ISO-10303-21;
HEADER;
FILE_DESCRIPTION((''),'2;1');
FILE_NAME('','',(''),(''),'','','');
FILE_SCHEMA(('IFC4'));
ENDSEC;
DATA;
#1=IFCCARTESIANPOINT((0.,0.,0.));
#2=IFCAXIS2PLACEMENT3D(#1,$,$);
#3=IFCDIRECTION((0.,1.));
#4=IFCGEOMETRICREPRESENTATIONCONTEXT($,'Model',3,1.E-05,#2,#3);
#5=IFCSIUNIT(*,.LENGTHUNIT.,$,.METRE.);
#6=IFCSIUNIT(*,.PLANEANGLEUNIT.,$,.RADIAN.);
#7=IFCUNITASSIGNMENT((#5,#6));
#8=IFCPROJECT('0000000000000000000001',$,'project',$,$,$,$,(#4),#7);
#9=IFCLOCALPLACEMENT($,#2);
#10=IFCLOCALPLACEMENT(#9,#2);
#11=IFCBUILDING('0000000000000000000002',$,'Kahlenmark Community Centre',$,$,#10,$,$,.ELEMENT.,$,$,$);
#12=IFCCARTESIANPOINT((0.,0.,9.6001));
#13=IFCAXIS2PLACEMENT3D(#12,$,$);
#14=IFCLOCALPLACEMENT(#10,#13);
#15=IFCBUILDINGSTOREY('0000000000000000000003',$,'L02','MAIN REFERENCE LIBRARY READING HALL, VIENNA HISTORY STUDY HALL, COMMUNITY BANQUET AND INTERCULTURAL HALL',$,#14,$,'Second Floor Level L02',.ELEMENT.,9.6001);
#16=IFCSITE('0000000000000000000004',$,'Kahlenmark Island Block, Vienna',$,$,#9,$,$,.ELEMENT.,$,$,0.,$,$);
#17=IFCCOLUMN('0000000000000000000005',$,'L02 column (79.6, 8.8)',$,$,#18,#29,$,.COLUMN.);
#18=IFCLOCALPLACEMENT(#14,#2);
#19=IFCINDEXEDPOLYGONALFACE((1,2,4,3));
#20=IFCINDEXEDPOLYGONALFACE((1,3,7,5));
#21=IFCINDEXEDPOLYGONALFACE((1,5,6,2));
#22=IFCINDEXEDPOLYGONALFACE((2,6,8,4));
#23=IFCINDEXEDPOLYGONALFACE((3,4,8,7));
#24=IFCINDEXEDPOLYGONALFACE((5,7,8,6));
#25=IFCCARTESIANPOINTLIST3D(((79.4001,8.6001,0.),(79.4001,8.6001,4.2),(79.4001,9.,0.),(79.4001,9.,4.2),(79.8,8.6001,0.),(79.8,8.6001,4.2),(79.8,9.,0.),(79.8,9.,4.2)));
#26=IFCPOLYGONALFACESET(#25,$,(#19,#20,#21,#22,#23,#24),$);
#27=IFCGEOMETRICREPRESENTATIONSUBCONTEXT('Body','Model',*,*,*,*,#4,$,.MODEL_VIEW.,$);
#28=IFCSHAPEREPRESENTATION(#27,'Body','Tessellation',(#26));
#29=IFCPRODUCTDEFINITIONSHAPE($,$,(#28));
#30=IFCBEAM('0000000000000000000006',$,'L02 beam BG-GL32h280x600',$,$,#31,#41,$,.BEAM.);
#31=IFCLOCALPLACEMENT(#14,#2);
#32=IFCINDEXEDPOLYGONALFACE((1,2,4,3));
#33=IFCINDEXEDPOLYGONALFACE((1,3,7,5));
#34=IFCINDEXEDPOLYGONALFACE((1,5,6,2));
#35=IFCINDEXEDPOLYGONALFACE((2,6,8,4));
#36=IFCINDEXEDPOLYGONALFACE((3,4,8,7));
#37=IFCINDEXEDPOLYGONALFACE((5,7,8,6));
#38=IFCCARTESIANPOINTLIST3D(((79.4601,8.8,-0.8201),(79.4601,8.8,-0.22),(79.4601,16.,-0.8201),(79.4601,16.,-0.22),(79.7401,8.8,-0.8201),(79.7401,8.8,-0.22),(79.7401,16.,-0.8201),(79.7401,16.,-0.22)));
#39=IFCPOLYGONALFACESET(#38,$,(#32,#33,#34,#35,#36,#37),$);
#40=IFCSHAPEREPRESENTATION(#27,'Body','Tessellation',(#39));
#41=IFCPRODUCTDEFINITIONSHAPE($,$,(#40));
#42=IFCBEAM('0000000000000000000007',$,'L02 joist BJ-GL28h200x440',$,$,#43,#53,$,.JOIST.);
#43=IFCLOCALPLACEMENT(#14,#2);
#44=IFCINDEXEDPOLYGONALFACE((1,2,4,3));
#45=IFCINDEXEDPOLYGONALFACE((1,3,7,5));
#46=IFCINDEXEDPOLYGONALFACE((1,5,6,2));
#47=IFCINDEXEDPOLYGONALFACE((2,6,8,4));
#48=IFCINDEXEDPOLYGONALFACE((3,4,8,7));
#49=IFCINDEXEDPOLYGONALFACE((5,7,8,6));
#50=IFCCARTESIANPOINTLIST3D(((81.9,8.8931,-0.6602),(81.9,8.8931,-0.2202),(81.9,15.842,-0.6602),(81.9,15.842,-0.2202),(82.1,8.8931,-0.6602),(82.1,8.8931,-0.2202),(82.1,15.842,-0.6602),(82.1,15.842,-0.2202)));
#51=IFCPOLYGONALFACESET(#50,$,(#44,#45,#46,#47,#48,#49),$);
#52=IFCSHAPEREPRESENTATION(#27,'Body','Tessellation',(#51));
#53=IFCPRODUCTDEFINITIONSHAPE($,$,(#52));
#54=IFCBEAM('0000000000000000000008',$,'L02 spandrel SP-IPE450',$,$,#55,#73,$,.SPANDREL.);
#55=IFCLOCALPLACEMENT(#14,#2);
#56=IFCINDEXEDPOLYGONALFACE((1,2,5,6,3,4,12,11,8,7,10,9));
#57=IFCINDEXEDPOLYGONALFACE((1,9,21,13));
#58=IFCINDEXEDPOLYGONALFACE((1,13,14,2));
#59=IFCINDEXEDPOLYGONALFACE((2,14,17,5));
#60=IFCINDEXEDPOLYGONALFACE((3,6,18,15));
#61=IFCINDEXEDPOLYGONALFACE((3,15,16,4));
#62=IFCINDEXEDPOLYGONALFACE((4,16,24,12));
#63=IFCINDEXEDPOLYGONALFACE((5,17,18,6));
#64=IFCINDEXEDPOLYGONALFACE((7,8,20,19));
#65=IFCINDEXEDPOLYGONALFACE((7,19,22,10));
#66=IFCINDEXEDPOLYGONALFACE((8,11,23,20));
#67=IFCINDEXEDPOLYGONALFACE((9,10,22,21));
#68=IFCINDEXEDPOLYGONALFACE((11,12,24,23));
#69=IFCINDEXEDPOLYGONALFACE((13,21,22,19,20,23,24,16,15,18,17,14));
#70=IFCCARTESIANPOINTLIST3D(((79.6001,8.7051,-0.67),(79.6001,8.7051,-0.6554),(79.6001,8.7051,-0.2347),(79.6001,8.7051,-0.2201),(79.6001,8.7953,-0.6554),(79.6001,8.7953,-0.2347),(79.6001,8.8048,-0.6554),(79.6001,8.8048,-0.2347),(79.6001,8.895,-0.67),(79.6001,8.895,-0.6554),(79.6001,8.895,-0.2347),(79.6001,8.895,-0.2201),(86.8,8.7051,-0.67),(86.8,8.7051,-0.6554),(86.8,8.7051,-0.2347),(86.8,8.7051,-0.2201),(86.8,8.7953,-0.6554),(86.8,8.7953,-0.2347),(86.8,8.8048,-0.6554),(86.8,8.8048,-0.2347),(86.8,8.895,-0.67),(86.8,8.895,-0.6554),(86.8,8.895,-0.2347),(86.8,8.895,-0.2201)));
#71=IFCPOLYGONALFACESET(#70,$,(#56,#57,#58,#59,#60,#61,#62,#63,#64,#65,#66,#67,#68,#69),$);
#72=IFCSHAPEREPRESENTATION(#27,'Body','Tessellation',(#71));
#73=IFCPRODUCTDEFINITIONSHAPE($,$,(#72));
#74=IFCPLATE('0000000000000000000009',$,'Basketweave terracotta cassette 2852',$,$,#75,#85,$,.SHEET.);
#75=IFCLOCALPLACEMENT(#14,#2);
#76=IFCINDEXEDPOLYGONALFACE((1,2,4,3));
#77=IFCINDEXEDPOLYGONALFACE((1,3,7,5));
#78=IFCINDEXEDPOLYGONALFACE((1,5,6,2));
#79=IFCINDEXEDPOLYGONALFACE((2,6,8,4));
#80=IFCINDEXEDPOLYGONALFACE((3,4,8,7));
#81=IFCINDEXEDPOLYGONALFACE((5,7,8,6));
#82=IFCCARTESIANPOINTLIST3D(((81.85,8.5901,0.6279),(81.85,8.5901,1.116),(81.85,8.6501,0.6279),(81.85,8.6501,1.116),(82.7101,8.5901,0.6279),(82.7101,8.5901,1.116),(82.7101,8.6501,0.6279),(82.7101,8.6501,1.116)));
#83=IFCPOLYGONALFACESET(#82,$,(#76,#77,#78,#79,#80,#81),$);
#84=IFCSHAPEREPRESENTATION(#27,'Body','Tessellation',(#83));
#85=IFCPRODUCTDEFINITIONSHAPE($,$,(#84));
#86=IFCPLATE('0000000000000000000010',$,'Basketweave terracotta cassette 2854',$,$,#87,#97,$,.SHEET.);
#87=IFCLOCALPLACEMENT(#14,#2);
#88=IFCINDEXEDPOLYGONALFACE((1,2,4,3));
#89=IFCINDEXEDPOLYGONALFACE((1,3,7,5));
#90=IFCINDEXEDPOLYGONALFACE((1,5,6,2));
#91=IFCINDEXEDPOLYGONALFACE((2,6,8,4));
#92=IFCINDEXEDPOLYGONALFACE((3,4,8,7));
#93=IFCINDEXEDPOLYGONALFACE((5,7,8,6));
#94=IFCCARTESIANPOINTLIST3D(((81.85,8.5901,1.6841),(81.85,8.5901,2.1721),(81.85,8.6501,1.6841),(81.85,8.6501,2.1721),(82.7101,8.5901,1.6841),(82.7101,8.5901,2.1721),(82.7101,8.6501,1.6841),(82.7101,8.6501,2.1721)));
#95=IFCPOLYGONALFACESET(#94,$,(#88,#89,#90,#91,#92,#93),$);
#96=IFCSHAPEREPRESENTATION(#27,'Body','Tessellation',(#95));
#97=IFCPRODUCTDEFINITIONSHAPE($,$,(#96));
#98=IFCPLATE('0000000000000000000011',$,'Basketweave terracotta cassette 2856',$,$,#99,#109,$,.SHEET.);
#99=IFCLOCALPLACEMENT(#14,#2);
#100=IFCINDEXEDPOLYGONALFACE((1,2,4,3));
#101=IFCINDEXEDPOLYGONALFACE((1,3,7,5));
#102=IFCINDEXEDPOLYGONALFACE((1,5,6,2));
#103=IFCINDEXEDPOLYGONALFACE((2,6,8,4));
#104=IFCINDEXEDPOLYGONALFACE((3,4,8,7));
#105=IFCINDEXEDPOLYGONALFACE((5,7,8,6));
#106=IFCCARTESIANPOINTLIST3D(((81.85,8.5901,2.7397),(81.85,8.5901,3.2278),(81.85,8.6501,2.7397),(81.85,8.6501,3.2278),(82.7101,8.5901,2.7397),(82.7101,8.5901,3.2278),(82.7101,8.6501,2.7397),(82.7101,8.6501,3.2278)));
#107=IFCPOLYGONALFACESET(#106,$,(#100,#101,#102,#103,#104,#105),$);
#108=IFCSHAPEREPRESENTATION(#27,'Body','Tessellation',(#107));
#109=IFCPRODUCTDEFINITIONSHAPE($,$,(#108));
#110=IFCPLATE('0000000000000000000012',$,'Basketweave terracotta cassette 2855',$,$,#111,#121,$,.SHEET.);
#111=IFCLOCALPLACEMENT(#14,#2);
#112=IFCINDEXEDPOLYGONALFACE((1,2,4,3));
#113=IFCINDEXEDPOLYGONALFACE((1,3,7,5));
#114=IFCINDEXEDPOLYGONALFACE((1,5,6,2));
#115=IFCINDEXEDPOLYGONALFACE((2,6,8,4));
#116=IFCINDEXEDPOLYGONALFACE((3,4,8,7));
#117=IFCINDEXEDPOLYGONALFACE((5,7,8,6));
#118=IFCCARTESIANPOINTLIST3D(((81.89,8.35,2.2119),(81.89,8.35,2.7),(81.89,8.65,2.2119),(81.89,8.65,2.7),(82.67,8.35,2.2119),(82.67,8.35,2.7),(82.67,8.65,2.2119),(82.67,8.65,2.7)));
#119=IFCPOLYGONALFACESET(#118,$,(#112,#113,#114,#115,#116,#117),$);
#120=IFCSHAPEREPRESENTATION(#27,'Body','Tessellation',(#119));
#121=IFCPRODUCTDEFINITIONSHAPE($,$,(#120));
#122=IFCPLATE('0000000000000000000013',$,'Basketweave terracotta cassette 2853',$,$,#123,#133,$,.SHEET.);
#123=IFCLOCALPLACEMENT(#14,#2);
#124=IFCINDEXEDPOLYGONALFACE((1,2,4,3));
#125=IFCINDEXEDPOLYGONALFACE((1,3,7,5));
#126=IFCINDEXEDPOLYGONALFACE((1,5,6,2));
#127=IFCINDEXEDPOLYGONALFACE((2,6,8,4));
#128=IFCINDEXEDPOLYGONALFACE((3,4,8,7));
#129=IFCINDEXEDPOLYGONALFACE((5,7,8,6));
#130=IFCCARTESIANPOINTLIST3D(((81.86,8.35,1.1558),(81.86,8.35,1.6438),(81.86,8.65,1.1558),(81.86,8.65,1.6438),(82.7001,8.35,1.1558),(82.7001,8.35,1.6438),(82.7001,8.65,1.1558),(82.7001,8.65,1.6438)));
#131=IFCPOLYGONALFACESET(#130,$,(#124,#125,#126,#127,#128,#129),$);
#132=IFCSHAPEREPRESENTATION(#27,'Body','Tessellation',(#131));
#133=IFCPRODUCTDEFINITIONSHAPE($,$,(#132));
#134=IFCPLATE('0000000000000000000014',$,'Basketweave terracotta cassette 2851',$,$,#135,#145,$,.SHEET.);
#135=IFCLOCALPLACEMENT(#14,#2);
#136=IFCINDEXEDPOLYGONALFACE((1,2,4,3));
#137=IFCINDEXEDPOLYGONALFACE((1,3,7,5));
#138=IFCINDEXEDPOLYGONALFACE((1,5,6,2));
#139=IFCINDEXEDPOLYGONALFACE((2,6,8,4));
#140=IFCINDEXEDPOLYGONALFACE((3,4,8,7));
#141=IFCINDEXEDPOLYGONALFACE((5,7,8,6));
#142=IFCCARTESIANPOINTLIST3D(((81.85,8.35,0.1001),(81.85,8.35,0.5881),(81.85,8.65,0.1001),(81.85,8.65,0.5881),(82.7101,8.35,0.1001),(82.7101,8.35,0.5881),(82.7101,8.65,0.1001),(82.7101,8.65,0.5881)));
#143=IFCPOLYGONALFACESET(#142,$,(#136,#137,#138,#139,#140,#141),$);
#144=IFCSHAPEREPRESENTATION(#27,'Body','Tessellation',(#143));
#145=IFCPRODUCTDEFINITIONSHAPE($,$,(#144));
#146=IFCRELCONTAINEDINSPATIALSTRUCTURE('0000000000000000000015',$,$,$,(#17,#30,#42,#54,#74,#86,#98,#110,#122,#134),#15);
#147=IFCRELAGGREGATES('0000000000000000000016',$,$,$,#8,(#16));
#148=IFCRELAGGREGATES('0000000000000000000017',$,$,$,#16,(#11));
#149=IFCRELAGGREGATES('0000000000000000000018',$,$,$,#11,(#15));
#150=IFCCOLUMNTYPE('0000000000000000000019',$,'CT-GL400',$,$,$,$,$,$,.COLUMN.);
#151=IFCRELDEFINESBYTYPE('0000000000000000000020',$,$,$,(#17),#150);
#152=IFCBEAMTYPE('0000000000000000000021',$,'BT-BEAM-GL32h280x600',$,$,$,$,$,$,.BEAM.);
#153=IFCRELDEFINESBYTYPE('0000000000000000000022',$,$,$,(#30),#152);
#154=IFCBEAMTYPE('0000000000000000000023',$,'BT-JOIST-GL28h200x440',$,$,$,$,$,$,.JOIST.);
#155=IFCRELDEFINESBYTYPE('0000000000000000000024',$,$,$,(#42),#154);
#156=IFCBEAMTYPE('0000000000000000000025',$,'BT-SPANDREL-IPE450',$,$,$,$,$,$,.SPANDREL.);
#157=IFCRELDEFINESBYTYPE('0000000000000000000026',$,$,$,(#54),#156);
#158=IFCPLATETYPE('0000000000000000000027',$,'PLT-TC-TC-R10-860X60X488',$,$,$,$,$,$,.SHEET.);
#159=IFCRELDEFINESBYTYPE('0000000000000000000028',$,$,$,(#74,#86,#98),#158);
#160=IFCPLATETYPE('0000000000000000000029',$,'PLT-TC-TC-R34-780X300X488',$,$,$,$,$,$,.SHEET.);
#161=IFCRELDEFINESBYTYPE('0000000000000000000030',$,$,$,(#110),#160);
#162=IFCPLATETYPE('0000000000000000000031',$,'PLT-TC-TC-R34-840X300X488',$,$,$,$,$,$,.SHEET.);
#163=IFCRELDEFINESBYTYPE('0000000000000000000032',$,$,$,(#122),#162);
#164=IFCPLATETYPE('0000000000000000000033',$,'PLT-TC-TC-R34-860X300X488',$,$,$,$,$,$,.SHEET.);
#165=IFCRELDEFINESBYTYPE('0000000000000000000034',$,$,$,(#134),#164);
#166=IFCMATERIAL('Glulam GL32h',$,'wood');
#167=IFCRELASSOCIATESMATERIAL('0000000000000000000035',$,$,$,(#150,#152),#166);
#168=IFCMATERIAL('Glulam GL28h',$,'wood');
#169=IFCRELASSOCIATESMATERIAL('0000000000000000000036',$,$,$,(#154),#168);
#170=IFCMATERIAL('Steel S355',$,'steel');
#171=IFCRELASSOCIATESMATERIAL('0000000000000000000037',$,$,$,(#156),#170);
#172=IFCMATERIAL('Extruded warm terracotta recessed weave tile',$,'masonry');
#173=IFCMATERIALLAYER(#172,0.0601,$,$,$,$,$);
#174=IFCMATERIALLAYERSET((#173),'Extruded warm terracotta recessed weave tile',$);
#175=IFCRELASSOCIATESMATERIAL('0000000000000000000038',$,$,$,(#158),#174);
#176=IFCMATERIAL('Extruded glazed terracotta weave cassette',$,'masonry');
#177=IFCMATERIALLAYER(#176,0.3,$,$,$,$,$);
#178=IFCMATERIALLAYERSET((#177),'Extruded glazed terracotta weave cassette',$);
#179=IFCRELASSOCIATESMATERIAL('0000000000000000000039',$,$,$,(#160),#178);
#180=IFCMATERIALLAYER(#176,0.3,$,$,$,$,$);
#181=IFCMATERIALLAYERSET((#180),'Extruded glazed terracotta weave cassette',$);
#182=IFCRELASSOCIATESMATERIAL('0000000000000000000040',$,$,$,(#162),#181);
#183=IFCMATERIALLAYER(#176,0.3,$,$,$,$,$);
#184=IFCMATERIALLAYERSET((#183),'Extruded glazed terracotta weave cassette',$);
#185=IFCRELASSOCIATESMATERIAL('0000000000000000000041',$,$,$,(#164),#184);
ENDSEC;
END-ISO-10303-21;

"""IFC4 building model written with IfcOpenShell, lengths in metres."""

from ifc_helpers import new_model, si_unit, direction, frame, origin, origin_2d, place, context, subcontext, project, spatial, rectangle, i_section, extrude, material, layer, layer_set, material_profile, profile_set, type_object, element, save


model = new_model("IFC4")

# Units and contexts
model_context = context("Model", 3, precision=1e-05, world=origin(), true_north=direction((0.0, 1.0)))
body_context = subcontext(model_context, "Body", "Model", "MODEL_VIEW")
ifc_project = project(units=[si_unit("LENGTHUNIT", "METRE"), si_unit("PLANEANGLEUNIT", "RADIAN")], contexts=[model_context])

# Site, building, storey
site_placement = place(None, origin())
site = spatial("IfcSite", under=ifc_project, at=site_placement, Name="Kahlenmark Island Block, Vienna", CompositionType="ELEMENT", RefElevation=0.0)
building_placement = place(site_placement, origin())
building = spatial("IfcBuilding", under=site, at=building_placement, Name="Kahlenmark Community Centre", CompositionType="ELEMENT")
storey_placement = place(building_placement, frame((0.0, 0.0, 9.6001)))
storey = spatial("IfcBuildingStorey", under=building, at=storey_placement, Name="L02", Description="MAIN REFERENCE LIBRARY READING HALL, VIENNA HISTORY STUDY HALL, COMMUNITY BANQUET AND INTERCULTURAL HALL", LongName="Second Floor Level L02", CompositionType="ELEMENT", Elevation=9.6001)

# Column
ifc_material_1 = material(Name="Glulam GL32h", Category="wood")
ifc_material_profile_1 = material_profile(ifc_material_1, rectangle(XDim=0.3999, YDim=0.3999, at=origin_2d()), Name="GL32h 400x400")
ifc_profile_set_1 = profile_set([ifc_material_profile_1], Name="Glulam GL32h")
column_type = type_object("IfcColumnType", Name="CT-GL400", PredefinedType="COLUMN", material=ifc_profile_set_1)
column_placement = place(storey_placement, frame((79.6001, 8.8, 0.0), z_axis=(0.0, 0.0, 1.0), x_axis=(1.0, 0.0, 0.0)))
element("IfcColumn", 1, at=column_placement, inside=storey, type_object=column_type, Name="L02 column (79.6, 8.8)", PredefinedType="COLUMN", context=body_context, shape_type="SweptSolid", body=[
    extrude(rectangle(XDim=0.3999, YDim=0.3999, at=origin_2d()), origin(), (0.0, 0.0, 1.0), 4.2),
])

# Beams
ifc_material_profile_2 = material_profile(ifc_material_1, rectangle(XDim=0.28, YDim=0.6001, at=origin_2d()), Name="GL32h 280x600")
ifc_profile_set_2 = profile_set([ifc_material_profile_2], Name="Glulam GL32h")
beam_type_1 = type_object("IfcBeamType", Name="BT-BEAM-GL32h280x600", PredefinedType="BEAM", material=ifc_profile_set_2)
beam_1_placement = place(storey_placement, frame((79.6001, 8.8, -0.52), z_axis=(0.0, 1.0, 0.0), x_axis=(-1.0, 0.0, 0.0)))
element("IfcBeam", 2, at=beam_1_placement, inside=storey, type_object=beam_type_1, Name="L02 beam BG-GL32h280x600", PredefinedType="BEAM", context=body_context, shape_type="SweptSolid", body=[
    extrude(rectangle(XDim=0.28, YDim=0.6001, at=origin_2d()), origin(), (0.0, 0.0, 1.0), 7.2),
])
ifc_material_2 = material(Name="Glulam GL28h", Category="wood")
ifc_material_profile_3 = material_profile(ifc_material_2, rectangle(XDim=0.2, YDim=0.4399, at=origin_2d()), Name="GL28h 200x440")
ifc_profile_set_3 = profile_set([ifc_material_profile_3], Name="Glulam GL28h")
beam_type_2 = type_object("IfcBeamType", Name="BT-JOIST-GL28h200x440", PredefinedType="JOIST", material=ifc_profile_set_3)
beam_2_placement = place(storey_placement, frame((82.0, 8.8931, -0.4402), z_axis=(0.0, 1.0, 0.0), x_axis=(-1.0, 0.0, 0.0)))
element("IfcBeam", 3, at=beam_2_placement, inside=storey, type_object=beam_type_2, Name="L02 joist BJ-GL28h200x440", PredefinedType="JOIST", context=body_context, shape_type="SweptSolid", body=[
    extrude(rectangle(XDim=0.2, YDim=0.4399, at=origin_2d()), origin(), (0.0, 0.0, 1.0), 6.949),
])
ifc_material_3 = material(Name="Steel S355", Category="steel")
ifc_material_profile_4 = material_profile(ifc_material_3, i_section(OverallWidth=0.1899, OverallDepth=0.45, WebThickness=0.0095, FlangeThickness=0.0146, at=origin_2d()), Name="IPE 450")
ifc_profile_set_4 = profile_set([ifc_material_profile_4], Name="Steel S355")
beam_type_3 = type_object("IfcBeamType", Name="BT-SPANDREL-IPE450", PredefinedType="SPANDREL", material=ifc_profile_set_4)
beam_3_placement = place(storey_placement, frame((79.6001, 8.8, -0.4451), z_axis=(1.0, 0.0, 0.0), x_axis=(0.0, 1.0, 0.0)))
element("IfcBeam", 4, at=beam_3_placement, inside=storey, type_object=beam_type_3, Name="L02 spandrel SP-IPE450", PredefinedType="SPANDREL", context=body_context, shape_type="SweptSolid", body=[
    extrude(i_section(OverallWidth=0.1899, OverallDepth=0.45, WebThickness=0.0095, FlangeThickness=0.0146, at=origin_2d()), origin(), (0.0, 0.0, 1.0), 7.2),
])

# Plates
ifc_material_4 = material(Name="Extruded warm terracotta recessed weave tile", Category="masonry")
ifc_layer_1 = layer(ifc_material_4, 0.0601)
ifc_layer_set_1 = layer_set([ifc_layer_1], Name="Extruded warm terracotta recessed weave tile")
plate_type_1 = type_object("IfcPlateType", Name="PLT-TC-TC-R10-860X60X488", PredefinedType="SHEET", material=ifc_layer_set_1)
for number, where, z_axis, x_axis, name in (
    (5, (82.28, 8.6201, 0.6279), (0.0, 0.0, 1.0), (1.0, 0.0, 0.0), "Basketweave terracotta cassette 2852"),
    (6, (82.28, 8.6201, 1.6841), (0.0, 0.0, 1.0), (1.0, 0.0, 0.0), "Basketweave terracotta cassette 2854"),
    (7, (82.28, 8.6201, 2.7397), (0.0, 0.0, 1.0), (1.0, 0.0, 0.0), "Basketweave terracotta cassette 2856"),
):
    element("IfcPlate", number, at=place(storey_placement, frame(where, z_axis=z_axis, x_axis=x_axis)), inside=storey, type_object=plate_type_1, Name=name, PredefinedType="SHEET", context=body_context, shape_type="SweptSolid", body=[
        extrude(rectangle(XDim=0.8601, YDim=0.0601, at=origin_2d()), origin(), (0.0, 0.0, 1.0), 0.488),
    ])
ifc_material_5 = material(Name="Extruded glazed terracotta weave cassette", Category="masonry")
ifc_layer_2 = layer(ifc_material_5, 0.3)
ifc_layer_set_2 = layer_set([ifc_layer_2], Name="Extruded glazed terracotta weave cassette")
plate_type_2 = type_object("IfcPlateType", Name="PLT-TC-TC-R34-780X300X488", PredefinedType="SHEET", material=ifc_layer_set_2)
plate_1_placement = place(storey_placement, frame((82.28, 8.5, 2.2119), z_axis=(0.0, 0.0, 1.0), x_axis=(1.0, 0.0, 0.0)))
element("IfcPlate", 8, at=plate_1_placement, inside=storey, type_object=plate_type_2, Name="Basketweave terracotta cassette 2855", PredefinedType="SHEET", context=body_context, shape_type="SweptSolid", body=[
    extrude(rectangle(XDim=0.78, YDim=0.3, at=origin_2d()), origin(), (0.0, 0.0, 1.0), 0.488),
])
ifc_layer_3 = layer(ifc_material_5, 0.3)
ifc_layer_set_3 = layer_set([ifc_layer_3], Name="Extruded glazed terracotta weave cassette")
plate_type_3 = type_object("IfcPlateType", Name="PLT-TC-TC-R34-840X300X488", PredefinedType="SHEET", material=ifc_layer_set_3)
plate_2_placement = place(storey_placement, frame((82.28, 8.5, 1.1558), z_axis=(0.0, 0.0, 1.0), x_axis=(1.0, 0.0, 0.0)))
element("IfcPlate", 9, at=plate_2_placement, inside=storey, type_object=plate_type_3, Name="Basketweave terracotta cassette 2853", PredefinedType="SHEET", context=body_context, shape_type="SweptSolid", body=[
    extrude(rectangle(XDim=0.8401, YDim=0.3, at=origin_2d()), origin(), (0.0, 0.0, 1.0), 0.488),
])
ifc_layer_4 = layer(ifc_material_5, 0.3)
ifc_layer_set_4 = layer_set([ifc_layer_4], Name="Extruded glazed terracotta weave cassette")
plate_type_4 = type_object("IfcPlateType", Name="PLT-TC-TC-R34-860X300X488", PredefinedType="SHEET", material=ifc_layer_set_4)
plate_3_placement = place(storey_placement, frame((82.28, 8.5, 0.1001), z_axis=(0.0, 0.0, 1.0), x_axis=(1.0, 0.0, 0.0)))
element("IfcPlate", 10, at=plate_3_placement, inside=storey, type_object=plate_type_4, Name="Basketweave terracotta cassette 2851", PredefinedType="SHEET", context=body_context, shape_type="SweptSolid", body=[
    extrude(rectangle(XDim=0.8601, YDim=0.3, at=origin_2d()), origin(), (0.0, 0.0, 1.0), 0.488),
])

save(model, "model.ifc")
